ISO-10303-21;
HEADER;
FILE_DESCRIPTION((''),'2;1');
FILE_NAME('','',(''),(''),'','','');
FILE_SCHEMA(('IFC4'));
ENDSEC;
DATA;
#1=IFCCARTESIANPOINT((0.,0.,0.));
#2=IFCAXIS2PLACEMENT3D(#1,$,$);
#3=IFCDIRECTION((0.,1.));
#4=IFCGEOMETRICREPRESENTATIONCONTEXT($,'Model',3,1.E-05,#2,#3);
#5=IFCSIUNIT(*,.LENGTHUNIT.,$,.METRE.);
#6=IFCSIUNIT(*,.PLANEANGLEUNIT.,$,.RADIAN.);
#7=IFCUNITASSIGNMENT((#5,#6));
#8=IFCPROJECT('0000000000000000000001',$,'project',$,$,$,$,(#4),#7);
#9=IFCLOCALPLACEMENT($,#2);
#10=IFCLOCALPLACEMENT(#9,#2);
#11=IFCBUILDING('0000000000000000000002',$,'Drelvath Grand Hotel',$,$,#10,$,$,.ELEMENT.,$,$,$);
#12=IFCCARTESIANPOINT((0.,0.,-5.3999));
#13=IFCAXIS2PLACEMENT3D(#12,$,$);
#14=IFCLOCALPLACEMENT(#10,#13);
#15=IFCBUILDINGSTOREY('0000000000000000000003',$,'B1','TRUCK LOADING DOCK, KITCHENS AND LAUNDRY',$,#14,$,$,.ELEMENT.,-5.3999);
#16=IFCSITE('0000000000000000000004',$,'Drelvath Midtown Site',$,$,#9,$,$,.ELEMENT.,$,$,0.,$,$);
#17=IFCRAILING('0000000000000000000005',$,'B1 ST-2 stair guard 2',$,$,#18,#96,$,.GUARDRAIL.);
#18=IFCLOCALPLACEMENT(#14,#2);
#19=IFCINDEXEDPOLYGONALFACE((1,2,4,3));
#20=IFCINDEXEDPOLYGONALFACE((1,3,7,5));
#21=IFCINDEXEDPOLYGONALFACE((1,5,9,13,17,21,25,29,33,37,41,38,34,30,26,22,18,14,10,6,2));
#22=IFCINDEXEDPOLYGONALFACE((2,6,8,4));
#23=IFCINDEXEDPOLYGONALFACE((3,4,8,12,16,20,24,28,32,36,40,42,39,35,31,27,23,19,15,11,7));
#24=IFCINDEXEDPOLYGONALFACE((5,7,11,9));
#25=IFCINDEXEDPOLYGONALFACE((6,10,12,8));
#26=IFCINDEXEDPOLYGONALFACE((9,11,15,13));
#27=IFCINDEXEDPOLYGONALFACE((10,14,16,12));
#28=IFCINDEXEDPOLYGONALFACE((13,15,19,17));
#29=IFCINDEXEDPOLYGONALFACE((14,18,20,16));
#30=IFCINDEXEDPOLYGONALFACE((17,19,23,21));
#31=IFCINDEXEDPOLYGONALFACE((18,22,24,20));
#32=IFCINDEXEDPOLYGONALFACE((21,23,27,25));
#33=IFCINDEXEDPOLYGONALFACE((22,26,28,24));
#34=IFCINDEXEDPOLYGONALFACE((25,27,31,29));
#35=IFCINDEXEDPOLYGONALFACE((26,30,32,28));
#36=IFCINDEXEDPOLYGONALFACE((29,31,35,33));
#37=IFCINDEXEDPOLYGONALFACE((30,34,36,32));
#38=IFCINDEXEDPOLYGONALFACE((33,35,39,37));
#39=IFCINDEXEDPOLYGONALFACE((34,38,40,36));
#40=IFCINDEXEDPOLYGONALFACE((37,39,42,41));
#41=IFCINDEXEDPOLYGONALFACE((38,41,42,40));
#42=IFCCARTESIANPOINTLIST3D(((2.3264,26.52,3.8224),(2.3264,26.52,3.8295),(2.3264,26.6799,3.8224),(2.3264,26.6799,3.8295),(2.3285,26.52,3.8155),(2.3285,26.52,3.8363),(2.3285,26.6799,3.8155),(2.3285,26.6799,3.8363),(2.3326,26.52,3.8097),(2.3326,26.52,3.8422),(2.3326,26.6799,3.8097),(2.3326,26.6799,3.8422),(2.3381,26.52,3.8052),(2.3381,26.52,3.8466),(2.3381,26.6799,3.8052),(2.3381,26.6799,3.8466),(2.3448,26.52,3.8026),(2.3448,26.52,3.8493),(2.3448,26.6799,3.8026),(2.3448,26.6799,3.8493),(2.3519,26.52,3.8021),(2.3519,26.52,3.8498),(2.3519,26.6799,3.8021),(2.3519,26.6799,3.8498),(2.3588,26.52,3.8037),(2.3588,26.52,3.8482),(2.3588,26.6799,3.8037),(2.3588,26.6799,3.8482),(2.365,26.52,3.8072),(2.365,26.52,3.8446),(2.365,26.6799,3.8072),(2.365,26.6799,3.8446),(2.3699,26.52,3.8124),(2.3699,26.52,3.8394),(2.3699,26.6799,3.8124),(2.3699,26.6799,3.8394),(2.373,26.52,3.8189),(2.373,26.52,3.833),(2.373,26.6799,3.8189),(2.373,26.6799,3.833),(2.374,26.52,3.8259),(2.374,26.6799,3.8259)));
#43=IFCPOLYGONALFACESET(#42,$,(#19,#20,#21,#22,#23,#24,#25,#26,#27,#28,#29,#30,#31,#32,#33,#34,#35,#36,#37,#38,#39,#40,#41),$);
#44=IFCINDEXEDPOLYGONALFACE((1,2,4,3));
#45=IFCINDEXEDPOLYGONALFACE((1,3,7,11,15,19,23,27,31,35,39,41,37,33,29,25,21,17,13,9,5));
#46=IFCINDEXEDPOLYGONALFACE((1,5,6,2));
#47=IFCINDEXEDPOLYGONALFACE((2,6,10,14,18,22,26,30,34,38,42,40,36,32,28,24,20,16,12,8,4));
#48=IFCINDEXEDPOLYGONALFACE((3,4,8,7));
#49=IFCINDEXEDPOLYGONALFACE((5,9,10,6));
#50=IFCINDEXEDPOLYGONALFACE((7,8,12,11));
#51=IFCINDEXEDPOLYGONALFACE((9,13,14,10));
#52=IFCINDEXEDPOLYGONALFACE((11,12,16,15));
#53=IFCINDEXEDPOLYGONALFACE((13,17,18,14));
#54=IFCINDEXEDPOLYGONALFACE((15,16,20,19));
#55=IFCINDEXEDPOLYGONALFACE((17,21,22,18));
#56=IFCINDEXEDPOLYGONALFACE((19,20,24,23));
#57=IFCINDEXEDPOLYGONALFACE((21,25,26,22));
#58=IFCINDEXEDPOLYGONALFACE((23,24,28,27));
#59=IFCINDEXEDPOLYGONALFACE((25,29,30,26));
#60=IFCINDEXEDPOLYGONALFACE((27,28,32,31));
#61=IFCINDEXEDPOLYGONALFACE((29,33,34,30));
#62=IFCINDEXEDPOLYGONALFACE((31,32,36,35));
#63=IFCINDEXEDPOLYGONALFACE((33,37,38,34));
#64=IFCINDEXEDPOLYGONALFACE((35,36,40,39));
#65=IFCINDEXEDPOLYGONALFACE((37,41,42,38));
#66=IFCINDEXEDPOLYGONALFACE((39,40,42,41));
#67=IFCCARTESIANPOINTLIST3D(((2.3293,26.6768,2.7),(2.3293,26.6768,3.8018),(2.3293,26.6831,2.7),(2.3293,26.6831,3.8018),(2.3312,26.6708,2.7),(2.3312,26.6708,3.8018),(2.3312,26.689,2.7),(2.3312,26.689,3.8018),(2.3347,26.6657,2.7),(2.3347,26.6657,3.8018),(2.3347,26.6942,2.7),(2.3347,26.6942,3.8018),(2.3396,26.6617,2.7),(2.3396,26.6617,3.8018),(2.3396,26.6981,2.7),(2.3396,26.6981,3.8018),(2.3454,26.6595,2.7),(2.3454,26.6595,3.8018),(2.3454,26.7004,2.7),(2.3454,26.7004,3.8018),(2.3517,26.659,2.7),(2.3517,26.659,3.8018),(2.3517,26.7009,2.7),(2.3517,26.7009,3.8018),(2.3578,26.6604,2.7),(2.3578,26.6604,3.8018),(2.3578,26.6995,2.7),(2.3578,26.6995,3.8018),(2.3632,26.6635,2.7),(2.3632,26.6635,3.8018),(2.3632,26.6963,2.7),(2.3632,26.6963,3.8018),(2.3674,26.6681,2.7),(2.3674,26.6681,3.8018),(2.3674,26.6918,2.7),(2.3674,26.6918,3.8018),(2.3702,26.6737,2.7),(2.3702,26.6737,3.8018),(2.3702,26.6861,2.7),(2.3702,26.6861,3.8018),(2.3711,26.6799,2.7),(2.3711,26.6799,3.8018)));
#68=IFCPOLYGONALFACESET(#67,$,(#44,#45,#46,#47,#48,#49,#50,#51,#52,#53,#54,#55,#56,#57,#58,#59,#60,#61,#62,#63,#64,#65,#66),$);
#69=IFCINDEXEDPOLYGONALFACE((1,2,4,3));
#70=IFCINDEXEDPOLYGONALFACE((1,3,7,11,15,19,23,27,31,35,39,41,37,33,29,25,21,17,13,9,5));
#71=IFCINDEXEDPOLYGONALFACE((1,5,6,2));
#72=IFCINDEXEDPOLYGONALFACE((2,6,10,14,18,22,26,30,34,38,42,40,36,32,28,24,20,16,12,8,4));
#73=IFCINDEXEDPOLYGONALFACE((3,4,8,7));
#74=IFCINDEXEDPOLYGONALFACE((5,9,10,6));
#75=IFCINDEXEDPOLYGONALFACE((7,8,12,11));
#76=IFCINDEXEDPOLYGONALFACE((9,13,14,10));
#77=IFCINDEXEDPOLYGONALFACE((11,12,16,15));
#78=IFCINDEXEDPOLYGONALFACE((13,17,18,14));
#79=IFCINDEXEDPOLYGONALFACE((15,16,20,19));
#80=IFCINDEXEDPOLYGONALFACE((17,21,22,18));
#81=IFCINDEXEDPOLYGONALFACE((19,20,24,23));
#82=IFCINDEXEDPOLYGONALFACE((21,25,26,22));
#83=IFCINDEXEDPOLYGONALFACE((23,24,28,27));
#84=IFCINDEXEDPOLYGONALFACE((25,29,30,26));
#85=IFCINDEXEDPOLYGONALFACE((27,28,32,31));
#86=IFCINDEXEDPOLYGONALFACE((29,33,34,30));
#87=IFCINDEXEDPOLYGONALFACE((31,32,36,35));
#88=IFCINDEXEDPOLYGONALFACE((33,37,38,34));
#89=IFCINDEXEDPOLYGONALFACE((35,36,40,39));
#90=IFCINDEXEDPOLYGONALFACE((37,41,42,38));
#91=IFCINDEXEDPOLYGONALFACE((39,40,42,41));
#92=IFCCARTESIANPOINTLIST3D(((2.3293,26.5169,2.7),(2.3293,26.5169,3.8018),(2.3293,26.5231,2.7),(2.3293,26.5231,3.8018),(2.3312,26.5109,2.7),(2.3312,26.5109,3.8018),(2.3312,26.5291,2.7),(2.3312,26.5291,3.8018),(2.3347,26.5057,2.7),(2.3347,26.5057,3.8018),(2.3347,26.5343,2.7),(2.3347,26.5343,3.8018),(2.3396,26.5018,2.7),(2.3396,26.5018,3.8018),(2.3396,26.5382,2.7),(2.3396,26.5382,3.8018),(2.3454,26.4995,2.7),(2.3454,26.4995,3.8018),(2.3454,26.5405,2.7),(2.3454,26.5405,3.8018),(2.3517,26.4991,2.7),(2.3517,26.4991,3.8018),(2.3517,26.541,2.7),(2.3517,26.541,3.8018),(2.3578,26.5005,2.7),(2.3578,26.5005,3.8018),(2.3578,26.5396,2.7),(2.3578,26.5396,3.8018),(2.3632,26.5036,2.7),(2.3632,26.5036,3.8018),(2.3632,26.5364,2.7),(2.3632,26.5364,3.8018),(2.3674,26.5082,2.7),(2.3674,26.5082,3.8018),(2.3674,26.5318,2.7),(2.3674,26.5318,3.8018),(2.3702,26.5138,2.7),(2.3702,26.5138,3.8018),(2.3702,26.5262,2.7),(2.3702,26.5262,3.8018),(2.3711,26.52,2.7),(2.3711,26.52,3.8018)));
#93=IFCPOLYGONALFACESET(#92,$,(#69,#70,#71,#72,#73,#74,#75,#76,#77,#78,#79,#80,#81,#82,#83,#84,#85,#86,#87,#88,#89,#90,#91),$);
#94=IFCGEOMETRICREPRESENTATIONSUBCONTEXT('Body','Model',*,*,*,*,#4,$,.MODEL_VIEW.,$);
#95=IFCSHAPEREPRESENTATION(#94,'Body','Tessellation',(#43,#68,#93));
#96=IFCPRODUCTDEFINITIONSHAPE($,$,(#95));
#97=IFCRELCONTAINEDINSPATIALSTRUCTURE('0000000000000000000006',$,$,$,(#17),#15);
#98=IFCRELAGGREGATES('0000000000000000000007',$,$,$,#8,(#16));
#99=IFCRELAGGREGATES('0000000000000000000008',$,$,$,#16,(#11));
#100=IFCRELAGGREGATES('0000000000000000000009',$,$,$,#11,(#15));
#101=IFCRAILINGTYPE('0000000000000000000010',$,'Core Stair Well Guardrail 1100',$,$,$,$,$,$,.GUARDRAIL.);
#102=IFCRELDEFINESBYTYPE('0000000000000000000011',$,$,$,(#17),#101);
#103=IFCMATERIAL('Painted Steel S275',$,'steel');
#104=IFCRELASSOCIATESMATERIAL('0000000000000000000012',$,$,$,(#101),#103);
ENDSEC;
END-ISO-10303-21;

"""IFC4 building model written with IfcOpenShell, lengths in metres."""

from ifc_helpers import new_model, si_unit, direction, frame, origin, origin_2d, place, context, subcontext, project, spatial, circle, extrude, material, type_object, element, save


model = new_model("IFC4")

# Units and contexts
model_context = context("Model", 3, precision=1e-05, world=origin(), true_north=direction((0.0, 1.0)))
body_context = subcontext(model_context, "Body", "Model", "MODEL_VIEW")
ifc_project = project(units=[si_unit("LENGTHUNIT", "METRE"), si_unit("PLANEANGLEUNIT", "RADIAN")], contexts=[model_context])

# Site, building, storey
site_placement = place(None, origin())
site = spatial("IfcSite", under=ifc_project, at=site_placement, Name="Drelvath Midtown Site", CompositionType="ELEMENT", RefElevation=0.0)
building_placement = place(site_placement, origin())
building = spatial("IfcBuilding", under=site, at=building_placement, Name="Drelvath Grand Hotel", CompositionType="ELEMENT")
storey_placement = place(building_placement, frame((0.0, 0.0, -5.3999)))
storey = spatial("IfcBuildingStorey", under=building, at=storey_placement, Name="B1", Description="TRUCK LOADING DOCK, KITCHENS AND LAUNDRY", CompositionType="ELEMENT", Elevation=-5.3999)

# Railing
ifc_material_1 = material(Name="Painted Steel S275", Category="steel")
railing_type_1 = type_object("IfcRailingType", Name="Core Stair Well Guardrail 1100", PredefinedType="GUARDRAIL", material=ifc_material_1)
railing_1_placement = place(storey_placement, frame((2.3501, 26.6799, 2.7)))
element("IfcRailing", 1, at=railing_1_placement, inside=storey, type_object=railing_type_1, Name="B1 ST-2 stair guard 2", PredefinedType="GUARDRAIL", context=body_context, shape_type="SweptSolid", body=[
    extrude(circle(Radius=0.0239, at=origin_2d()), frame((0.0, 0.0, 1.126), z_axis=(0.0, -1.0, 0.0), x_axis=(1.0, 0.0, 0.0)), (0.0, 0.0, 1.0), 0.1599),
    extrude(circle(Radius=0.021, at=origin_2d()), origin(), (0.0, 0.0, 1.0), 1.1018),
    extrude(circle(Radius=0.021, at=origin_2d()), frame((0.0, -0.1599, 0.0)), (0.0, 0.0, 1.0), 1.1018),
])

save(model, "model.ifc")
